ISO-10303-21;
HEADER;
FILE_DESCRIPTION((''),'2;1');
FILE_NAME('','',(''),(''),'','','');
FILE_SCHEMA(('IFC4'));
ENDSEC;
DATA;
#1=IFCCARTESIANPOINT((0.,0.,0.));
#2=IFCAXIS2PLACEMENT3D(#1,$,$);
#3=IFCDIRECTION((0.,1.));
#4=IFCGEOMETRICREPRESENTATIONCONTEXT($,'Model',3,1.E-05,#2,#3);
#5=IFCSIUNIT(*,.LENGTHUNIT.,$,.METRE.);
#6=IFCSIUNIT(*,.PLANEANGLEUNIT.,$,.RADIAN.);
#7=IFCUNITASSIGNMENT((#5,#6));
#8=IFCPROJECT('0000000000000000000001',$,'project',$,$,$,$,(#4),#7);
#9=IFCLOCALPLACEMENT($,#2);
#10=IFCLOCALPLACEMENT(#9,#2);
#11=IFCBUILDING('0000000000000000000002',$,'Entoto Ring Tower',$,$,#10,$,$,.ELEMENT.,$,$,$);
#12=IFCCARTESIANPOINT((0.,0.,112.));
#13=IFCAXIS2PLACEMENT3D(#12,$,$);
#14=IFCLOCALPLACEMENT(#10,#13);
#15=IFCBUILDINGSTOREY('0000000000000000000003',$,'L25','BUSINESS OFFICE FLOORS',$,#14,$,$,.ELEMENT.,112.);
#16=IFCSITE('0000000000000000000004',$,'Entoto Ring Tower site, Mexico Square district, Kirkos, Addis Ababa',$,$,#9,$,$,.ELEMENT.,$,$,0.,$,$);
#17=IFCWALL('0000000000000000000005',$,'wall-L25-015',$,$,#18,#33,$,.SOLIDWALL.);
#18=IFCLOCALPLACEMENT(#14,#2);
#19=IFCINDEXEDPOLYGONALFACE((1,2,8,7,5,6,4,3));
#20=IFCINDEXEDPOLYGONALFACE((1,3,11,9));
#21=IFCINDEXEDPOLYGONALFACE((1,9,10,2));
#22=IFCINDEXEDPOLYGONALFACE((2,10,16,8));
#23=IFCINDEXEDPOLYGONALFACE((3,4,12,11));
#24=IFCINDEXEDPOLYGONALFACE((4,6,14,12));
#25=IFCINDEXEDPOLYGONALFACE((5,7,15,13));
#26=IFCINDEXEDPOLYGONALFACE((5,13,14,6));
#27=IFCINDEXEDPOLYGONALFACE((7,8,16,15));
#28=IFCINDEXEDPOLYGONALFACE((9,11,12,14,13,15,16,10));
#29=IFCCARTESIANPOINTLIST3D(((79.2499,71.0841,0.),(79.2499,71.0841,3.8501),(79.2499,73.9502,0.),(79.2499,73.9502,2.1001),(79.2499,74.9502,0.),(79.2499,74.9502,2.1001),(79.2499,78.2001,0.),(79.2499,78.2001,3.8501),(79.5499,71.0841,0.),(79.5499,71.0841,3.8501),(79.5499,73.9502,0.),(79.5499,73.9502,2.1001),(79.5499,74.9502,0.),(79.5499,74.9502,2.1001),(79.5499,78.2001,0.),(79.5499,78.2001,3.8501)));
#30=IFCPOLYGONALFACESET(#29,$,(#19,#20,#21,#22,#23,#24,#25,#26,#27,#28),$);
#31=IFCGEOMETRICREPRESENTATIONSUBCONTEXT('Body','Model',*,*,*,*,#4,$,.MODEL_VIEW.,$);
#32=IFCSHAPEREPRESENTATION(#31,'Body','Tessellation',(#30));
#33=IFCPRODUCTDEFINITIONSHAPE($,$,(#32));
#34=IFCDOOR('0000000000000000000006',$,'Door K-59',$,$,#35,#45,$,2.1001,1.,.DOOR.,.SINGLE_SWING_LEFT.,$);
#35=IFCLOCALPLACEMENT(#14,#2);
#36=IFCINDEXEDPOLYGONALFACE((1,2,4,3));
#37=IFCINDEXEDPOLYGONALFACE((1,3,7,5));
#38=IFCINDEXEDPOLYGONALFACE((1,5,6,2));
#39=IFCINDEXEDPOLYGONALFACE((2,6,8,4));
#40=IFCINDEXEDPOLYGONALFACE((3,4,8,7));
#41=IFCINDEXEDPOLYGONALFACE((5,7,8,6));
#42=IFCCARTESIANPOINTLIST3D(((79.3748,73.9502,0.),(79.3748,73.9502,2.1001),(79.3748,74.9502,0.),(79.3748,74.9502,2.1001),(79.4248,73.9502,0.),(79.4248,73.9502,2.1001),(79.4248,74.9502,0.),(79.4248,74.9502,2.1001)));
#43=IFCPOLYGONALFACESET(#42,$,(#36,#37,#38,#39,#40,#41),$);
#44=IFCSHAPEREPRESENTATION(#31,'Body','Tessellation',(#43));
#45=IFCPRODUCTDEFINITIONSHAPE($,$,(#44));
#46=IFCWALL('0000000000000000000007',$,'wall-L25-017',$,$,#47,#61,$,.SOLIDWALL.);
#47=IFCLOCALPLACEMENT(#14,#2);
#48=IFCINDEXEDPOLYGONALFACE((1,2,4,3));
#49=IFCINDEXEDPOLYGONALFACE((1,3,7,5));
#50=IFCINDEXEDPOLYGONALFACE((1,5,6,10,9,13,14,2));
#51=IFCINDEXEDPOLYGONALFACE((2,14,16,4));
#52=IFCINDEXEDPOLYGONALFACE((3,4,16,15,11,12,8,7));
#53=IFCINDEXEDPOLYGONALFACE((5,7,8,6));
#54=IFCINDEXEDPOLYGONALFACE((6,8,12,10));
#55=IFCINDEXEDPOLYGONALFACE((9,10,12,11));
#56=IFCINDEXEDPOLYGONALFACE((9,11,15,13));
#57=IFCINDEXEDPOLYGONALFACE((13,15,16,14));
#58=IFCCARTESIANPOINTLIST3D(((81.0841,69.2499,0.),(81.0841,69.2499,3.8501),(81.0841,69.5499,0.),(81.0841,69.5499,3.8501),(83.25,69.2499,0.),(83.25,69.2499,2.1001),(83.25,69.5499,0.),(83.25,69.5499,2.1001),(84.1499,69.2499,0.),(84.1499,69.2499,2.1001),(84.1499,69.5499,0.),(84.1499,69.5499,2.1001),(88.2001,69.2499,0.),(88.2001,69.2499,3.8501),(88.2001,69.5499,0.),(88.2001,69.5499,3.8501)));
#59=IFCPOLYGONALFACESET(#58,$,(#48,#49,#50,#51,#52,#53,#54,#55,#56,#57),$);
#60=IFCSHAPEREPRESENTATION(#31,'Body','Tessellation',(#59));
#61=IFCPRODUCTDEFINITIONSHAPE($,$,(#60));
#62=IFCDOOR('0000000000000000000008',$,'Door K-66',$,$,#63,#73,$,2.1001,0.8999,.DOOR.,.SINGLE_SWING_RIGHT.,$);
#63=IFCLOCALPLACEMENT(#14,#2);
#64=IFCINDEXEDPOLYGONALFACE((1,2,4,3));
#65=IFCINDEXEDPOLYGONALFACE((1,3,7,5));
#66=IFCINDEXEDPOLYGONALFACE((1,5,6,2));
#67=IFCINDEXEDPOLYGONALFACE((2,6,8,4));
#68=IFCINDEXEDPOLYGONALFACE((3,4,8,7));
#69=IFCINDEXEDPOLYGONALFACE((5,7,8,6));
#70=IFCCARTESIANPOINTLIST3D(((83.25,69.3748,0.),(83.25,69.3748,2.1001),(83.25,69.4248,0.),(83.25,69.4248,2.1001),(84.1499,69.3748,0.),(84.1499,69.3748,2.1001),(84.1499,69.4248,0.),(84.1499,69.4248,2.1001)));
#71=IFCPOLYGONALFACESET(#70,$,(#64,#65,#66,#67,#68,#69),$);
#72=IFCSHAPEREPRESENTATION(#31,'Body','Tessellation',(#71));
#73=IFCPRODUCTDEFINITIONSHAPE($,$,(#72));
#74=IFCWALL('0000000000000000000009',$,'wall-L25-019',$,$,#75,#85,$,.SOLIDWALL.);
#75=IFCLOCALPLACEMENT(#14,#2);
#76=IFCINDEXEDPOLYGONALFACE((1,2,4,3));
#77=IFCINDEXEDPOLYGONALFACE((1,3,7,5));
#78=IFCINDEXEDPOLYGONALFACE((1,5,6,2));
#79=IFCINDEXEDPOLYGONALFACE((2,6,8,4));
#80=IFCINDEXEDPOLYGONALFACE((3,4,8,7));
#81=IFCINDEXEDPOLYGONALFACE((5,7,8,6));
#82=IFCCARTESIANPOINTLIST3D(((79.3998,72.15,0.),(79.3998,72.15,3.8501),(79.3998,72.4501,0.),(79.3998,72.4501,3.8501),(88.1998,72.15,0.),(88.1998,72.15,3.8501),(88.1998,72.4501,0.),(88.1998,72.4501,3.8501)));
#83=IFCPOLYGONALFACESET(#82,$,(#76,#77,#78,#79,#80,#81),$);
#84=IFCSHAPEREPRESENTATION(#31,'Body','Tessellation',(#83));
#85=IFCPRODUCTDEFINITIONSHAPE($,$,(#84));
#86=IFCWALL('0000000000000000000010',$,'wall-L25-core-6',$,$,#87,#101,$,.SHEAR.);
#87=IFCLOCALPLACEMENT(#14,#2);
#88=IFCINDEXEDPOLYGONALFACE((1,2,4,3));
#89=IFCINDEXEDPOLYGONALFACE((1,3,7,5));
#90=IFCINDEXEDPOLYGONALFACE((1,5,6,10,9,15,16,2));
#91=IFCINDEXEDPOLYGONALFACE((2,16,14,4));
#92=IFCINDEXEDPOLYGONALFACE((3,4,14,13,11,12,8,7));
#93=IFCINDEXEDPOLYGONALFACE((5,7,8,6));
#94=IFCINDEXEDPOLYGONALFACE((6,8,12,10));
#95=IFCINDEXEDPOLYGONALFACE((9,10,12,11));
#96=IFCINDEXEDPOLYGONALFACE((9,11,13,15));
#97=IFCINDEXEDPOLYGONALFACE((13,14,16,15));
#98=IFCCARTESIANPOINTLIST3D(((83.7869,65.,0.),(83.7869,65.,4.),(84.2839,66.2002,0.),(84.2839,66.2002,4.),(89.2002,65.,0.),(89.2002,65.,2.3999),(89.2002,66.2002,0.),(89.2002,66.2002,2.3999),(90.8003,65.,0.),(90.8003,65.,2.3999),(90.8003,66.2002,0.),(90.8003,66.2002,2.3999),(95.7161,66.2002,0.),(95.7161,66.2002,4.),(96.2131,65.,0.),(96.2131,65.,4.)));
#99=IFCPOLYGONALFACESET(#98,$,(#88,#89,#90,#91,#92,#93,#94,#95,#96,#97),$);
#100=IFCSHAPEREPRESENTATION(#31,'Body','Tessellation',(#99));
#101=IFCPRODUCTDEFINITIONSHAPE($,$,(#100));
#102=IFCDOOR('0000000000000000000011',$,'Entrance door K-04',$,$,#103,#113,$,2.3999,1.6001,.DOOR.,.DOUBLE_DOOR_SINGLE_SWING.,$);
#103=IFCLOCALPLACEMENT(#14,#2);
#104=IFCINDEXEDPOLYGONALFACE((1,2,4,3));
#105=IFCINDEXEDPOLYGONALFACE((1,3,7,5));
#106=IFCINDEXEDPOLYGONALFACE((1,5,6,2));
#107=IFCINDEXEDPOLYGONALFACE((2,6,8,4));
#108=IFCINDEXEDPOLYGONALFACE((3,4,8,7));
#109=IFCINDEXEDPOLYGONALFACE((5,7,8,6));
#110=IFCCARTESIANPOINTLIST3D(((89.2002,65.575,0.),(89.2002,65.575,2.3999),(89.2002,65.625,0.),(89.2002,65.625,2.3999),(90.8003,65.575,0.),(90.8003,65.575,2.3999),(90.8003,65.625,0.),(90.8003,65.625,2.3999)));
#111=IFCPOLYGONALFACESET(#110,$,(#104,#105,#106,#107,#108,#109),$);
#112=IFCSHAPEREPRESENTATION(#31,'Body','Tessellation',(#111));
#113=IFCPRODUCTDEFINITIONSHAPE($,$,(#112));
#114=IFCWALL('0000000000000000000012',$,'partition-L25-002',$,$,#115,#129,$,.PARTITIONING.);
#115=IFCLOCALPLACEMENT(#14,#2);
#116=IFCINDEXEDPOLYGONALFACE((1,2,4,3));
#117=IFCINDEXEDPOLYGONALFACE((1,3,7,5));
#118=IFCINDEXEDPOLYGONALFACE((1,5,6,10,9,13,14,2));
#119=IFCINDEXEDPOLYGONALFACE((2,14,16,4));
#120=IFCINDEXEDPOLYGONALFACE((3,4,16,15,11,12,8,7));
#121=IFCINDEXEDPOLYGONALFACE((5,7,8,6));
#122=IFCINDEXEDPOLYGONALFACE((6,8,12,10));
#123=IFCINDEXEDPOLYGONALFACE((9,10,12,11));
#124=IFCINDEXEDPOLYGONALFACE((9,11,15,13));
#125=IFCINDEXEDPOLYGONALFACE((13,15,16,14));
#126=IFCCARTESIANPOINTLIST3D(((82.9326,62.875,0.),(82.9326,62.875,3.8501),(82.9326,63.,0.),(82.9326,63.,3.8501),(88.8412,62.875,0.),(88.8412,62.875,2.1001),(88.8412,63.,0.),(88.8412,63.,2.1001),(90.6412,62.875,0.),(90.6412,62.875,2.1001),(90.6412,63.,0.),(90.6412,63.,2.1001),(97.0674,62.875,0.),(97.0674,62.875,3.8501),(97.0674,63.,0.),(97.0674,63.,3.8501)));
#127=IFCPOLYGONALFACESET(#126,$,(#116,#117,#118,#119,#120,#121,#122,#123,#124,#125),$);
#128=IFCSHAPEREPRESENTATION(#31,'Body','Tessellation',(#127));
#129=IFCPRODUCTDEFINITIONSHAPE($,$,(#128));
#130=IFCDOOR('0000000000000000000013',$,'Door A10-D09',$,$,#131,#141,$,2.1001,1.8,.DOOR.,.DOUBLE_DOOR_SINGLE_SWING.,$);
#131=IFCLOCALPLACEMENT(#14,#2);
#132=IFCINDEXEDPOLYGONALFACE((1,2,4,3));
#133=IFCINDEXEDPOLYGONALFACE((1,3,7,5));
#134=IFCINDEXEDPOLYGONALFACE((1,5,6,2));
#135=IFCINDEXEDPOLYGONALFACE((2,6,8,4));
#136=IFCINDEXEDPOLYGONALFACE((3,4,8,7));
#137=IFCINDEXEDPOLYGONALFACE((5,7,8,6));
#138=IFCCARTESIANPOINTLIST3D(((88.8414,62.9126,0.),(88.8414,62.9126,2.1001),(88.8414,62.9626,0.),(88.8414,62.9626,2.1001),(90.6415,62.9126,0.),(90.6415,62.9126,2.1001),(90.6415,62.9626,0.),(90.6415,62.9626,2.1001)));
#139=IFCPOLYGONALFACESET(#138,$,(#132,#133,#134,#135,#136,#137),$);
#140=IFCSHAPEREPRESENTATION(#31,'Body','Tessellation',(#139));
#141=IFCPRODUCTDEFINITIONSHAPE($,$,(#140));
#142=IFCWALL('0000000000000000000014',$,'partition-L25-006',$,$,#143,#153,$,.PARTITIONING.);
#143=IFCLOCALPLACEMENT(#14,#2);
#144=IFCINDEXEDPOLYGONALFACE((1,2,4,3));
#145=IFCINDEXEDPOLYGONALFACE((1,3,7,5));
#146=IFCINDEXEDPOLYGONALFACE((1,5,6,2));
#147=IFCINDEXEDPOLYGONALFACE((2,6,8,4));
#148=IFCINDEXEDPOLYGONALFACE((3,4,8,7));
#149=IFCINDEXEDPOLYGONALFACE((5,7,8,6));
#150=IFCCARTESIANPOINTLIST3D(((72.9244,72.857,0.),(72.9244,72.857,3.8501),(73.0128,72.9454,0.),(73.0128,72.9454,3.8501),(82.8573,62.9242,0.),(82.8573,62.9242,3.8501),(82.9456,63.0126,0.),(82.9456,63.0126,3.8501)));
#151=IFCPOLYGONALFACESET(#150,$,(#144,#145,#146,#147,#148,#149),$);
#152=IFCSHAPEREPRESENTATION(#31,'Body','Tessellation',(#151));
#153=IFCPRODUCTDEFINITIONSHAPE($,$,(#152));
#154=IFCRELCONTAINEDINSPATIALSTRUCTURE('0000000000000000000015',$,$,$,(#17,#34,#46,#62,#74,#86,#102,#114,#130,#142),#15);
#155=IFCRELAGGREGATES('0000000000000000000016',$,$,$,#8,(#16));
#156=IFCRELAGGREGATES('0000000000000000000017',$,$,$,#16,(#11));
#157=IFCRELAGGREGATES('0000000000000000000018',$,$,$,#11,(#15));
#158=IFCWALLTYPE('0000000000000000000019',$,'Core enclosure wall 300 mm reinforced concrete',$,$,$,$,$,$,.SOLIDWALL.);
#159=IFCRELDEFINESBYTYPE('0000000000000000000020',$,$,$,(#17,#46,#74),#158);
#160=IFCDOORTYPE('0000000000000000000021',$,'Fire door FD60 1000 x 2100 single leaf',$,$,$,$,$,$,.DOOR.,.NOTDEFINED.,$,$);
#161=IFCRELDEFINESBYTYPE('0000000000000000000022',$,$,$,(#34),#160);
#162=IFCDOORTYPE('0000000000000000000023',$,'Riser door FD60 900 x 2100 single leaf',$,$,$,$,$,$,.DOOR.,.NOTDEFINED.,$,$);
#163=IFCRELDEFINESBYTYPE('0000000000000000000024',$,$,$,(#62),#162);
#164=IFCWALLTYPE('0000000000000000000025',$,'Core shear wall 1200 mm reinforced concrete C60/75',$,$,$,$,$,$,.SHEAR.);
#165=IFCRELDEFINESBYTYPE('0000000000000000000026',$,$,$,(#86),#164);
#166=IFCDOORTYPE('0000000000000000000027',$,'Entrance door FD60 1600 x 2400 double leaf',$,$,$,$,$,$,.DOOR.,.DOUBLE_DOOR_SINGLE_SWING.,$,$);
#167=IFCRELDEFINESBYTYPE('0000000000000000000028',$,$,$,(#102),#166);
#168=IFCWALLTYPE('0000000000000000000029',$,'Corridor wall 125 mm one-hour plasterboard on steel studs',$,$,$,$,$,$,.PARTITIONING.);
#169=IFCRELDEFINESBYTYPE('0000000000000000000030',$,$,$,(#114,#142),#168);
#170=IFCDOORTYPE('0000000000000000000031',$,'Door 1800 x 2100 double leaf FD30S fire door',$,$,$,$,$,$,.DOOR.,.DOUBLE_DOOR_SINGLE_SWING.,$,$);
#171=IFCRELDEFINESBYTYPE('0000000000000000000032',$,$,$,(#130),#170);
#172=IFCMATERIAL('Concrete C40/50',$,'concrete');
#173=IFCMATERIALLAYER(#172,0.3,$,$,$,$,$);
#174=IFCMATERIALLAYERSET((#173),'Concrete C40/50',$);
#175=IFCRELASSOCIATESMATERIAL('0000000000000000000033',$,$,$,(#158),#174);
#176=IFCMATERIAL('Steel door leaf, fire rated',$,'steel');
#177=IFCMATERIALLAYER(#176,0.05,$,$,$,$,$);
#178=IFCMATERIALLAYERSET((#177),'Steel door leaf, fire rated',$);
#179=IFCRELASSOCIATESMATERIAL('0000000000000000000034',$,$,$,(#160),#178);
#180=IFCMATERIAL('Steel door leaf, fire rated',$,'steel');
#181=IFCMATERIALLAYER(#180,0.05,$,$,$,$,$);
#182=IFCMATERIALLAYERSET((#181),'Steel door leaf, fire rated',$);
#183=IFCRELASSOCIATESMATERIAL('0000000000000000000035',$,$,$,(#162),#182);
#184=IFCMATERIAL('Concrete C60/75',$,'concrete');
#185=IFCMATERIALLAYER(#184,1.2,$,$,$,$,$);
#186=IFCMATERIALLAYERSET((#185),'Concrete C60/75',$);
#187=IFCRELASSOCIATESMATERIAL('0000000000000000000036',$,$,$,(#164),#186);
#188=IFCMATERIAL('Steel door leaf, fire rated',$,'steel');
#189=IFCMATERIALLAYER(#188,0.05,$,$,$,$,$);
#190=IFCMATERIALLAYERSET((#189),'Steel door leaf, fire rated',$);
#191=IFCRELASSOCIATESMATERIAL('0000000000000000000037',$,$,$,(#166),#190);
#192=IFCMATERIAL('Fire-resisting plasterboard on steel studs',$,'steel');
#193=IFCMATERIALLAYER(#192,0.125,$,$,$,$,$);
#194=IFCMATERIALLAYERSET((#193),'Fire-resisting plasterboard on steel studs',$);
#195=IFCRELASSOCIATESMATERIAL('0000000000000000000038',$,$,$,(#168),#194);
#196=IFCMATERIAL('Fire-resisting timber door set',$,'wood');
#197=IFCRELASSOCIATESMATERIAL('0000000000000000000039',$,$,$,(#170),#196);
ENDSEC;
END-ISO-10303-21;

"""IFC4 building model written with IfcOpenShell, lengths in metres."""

from ifc_helpers import new_model, si_unit, direction, frame, frame_2d, origin, place, context, subcontext, project, spatial, polyline, rectangle, outline, extrude, material, layer, layer_set, type_object, element, fill, save


model = new_model("IFC4")

# Units and contexts
model_context = context("Model", 3, precision=1e-05, world=origin(), true_north=direction((0.0, 1.0)))
body_context = subcontext(model_context, "Body", "Model", "MODEL_VIEW")
ifc_project = project(units=[si_unit("LENGTHUNIT", "METRE"), si_unit("PLANEANGLEUNIT", "RADIAN")], contexts=[model_context])

# Site, building, storey
site_placement = place(None, origin())
site = spatial("IfcSite", under=ifc_project, at=site_placement, Name="Entoto Ring Tower site, Mexico Square district, Kirkos, Addis Ababa", CompositionType="ELEMENT", RefElevation=0.0)
building_placement = place(site_placement, origin())
building = spatial("IfcBuilding", under=site, at=building_placement, Name="Entoto Ring Tower", CompositionType="ELEMENT")
storey_placement = place(building_placement, frame((0.0, 0.0, 112.0)))
storey = spatial("IfcBuildingStorey", under=building, at=storey_placement, Name="L25", Description="BUSINESS OFFICE FLOORS", CompositionType="ELEMENT", Elevation=112.0)

# Walls, openings, doors
ifc_material_1 = material(Name="Concrete C40/50", Category="concrete")
ifc_layer_1 = layer(ifc_material_1, 0.3)
ifc_layer_set_1 = layer_set([ifc_layer_1], Name="Concrete C40/50")
wall_type_1 = type_object("IfcWallType", Name="Core enclosure wall 300 mm reinforced concrete", PredefinedType="SOLIDWALL", material=ifc_layer_set_1)
wall_1_placement = place(storey_placement, frame((79.3999, 71.084, 0.0), z_axis=(0.0, 0.0, 1.0), x_axis=(0.0, 1.0, 0.0)))
wall_1 = element("IfcWall", 1, at=wall_1_placement, inside=storey, type_object=wall_type_1, Name="wall-L25-015", PredefinedType="SOLIDWALL", context=body_context, shape_type="SweptSolid", body=[
    extrude(rectangle(XDim=7.116, YDim=0.3, at=frame_2d((3.5581, 0.0))), origin(), (0.0, 0.0, 1.0), 3.8501),
])
opening_1_placement = place(wall_1_placement, frame((2.8662, 0.0, 0.0)))
opening_1 = element("IfcOpeningElement", 2, at=opening_1_placement, cuts=wall_1, PredefinedType="OPENING", context=body_context, shape_type="SweptSolid", body=[
    extrude(rectangle(XDim=1.0, YDim=2.1001, at=frame_2d((0.5, 1.05))), frame((0.0, 0.1602, 0.0), z_axis=(0.0, -1.0, 0.0), x_axis=(1.0, 0.0, 0.0)), (0.0, 0.0, 1.0), 0.3201),
])
ifc_material_2 = material(Name="Steel door leaf, fire rated", Category="steel")
ifc_layer_2 = layer(ifc_material_2, 0.05)
ifc_layer_set_2 = layer_set([ifc_layer_2], Name="Steel door leaf, fire rated")
door_type_1 = type_object("IfcDoorType", Name="Fire door FD60 1000 x 2100 single leaf", OperationType="NOTDEFINED", PredefinedType="DOOR", material=ifc_layer_set_2)
door_1_placement = place(opening_1_placement, frame((1.0, 0.0, 0.0), z_axis=(0.0, 0.0, 1.0), x_axis=(-1.0, 0.0, 0.0)))
door_1 = element("IfcDoor", 3, at=door_1_placement, inside=storey, type_object=door_type_1, Name="Door K-59", OperationType="SINGLE_SWING_LEFT", OverallHeight=2.1001, OverallWidth=1.0, PredefinedType="DOOR", context=body_context, shape_type="SweptSolid", body=[
    extrude(rectangle(XDim=1.0, YDim=2.1001, at=frame_2d((0.5, 1.05))), frame((0.0, 0.0249, 0.0), z_axis=(0.0, -1.0, 0.0), x_axis=(1.0, 0.0, 0.0)), (0.0, 0.0, 1.0), 0.05),
])
fill(opening_1, door_1)
wall_2_placement = place(storey_placement, frame((81.084, 69.3999, 0.0), z_axis=(0.0, 0.0, 1.0), x_axis=(1.0, 0.0, 0.0)))
wall_2 = element("IfcWall", 4, at=wall_2_placement, inside=storey, type_object=wall_type_1, Name="wall-L25-017", PredefinedType="SOLIDWALL", context=body_context, shape_type="SweptSolid", body=[
    extrude(rectangle(XDim=7.116, YDim=0.3, at=frame_2d((3.5581, 0.0))), origin(), (0.0, 0.0, 1.0), 3.8501),
])
opening_2_placement = place(wall_2_placement, frame((2.166, 0.0, 0.0)))
opening_2 = element("IfcOpeningElement", 5, at=opening_2_placement, cuts=wall_2, PredefinedType="OPENING", context=body_context, shape_type="SweptSolid", body=[
    extrude(rectangle(XDim=0.8999, YDim=2.1001, at=frame_2d((0.45, 1.05))), frame((0.0, 0.1602, 0.0), z_axis=(0.0, -1.0, 0.0), x_axis=(1.0, 0.0, 0.0)), (0.0, 0.0, 1.0), 0.3201),
])
ifc_material_3 = material(Name="Steel door leaf, fire rated", Category="steel")
ifc_layer_3 = layer(ifc_material_3, 0.05)
ifc_layer_set_3 = layer_set([ifc_layer_3], Name="Steel door leaf, fire rated")
door_type_2 = type_object("IfcDoorType", Name="Riser door FD60 900 x 2100 single leaf", OperationType="NOTDEFINED", PredefinedType="DOOR", material=ifc_layer_set_3)
door_2_placement = place(opening_2_placement, origin())
door_2 = element("IfcDoor", 6, at=door_2_placement, inside=storey, type_object=door_type_2, Name="Door K-66", OperationType="SINGLE_SWING_RIGHT", OverallHeight=2.1001, OverallWidth=0.8999, PredefinedType="DOOR", context=body_context, shape_type="SweptSolid", body=[
    extrude(rectangle(XDim=0.8999, YDim=2.1001, at=frame_2d((0.45, 1.05))), frame((0.0, 0.0249, 0.0), z_axis=(0.0, -1.0, 0.0), x_axis=(1.0, 0.0, 0.0)), (0.0, 0.0, 1.0), 0.05),
])
fill(opening_2, door_2)

# Wall
wall_3_placement = place(storey_placement, frame((79.3999, 72.3, 0.0), z_axis=(0.0, 0.0, 1.0), x_axis=(1.0, 0.0, 0.0)))
element("IfcWall", 7, at=wall_3_placement, inside=storey, type_object=wall_type_1, Name="wall-L25-019", PredefinedType="SOLIDWALL", context=body_context, shape_type="SweptSolid", body=[
    extrude(rectangle(XDim=8.8, YDim=0.3, at=frame_2d((4.3999, 0.0))), origin(), (0.0, 0.0, 1.0), 3.8501),
])

# Walls, openings, doors
ifc_material_4 = material(Name="Concrete C60/75", Category="concrete")
ifc_layer_4 = layer(ifc_material_4, 1.2)
ifc_layer_set_4 = layer_set([ifc_layer_4], Name="Concrete C60/75")
wall_type_2 = type_object("IfcWallType", Name="Core shear wall 1200 mm reinforced concrete C60/75", PredefinedType="SHEAR", material=ifc_layer_set_4)
wall_4_placement = place(storey_placement, frame((84.0354, 65.6001, 0.0), z_axis=(0.0, 0.0, 1.0), x_axis=(1.0, 0.0, 0.0)))
wall_4 = element("IfcWall", 8, at=wall_4_placement, inside=storey, type_object=wall_type_2, Name="wall-L25-core-6", PredefinedType="SHEAR", context=body_context, shape_type="SweptSolid", body=[
    extrude(outline(polyline([(-0.2485, -0.6001), (12.1777, -0.6001), (11.6807, 0.6001), (0.2485, 0.6001), (-0.2485, -0.6001)])), origin(), (0.0, 0.0, 1.0), 4.0),
])
opening_3_placement = place(wall_4_placement, frame((5.1648, 0.0, 0.0)))
opening_3 = element("IfcOpeningElement", 9, at=opening_3_placement, cuts=wall_4, PredefinedType="OPENING", context=body_context, shape_type="SweptSolid", body=[
    extrude(rectangle(XDim=1.6001, YDim=2.3999, at=frame_2d((0.8, 1.2))), frame((0.0, 0.6099, 0.0), z_axis=(0.0, -1.0, 0.0), x_axis=(1.0, 0.0, 0.0)), (0.0, 0.0, 1.0), 1.22),
])
ifc_material_5 = material(Name="Steel door leaf, fire rated", Category="steel")
ifc_layer_5 = layer(ifc_material_5, 0.05)
ifc_layer_set_5 = layer_set([ifc_layer_5], Name="Steel door leaf, fire rated")
door_type_3 = type_object("IfcDoorType", Name="Entrance door FD60 1600 x 2400 double leaf", OperationType="DOUBLE_DOOR_SINGLE_SWING", PredefinedType="DOOR", material=ifc_layer_set_5)
door_3_placement = place(opening_3_placement, origin())
door_3 = element("IfcDoor", 10, at=door_3_placement, inside=storey, type_object=door_type_3, Name="Entrance door K-04", OperationType="DOUBLE_DOOR_SINGLE_SWING", OverallHeight=2.3999, OverallWidth=1.6001, PredefinedType="DOOR", context=body_context, shape_type="SweptSolid", body=[
    extrude(rectangle(XDim=1.6001, YDim=2.3999, at=frame_2d((0.8, 1.2))), frame((0.0, 0.0249, 0.0), z_axis=(0.0, -1.0, 0.0), x_axis=(1.0, 0.0, 0.0)), (0.0, 0.0, 1.0), 0.05),
])
fill(opening_3, door_3)
ifc_material_6 = material(Name="Fire-resisting plasterboard on steel studs", Category="steel")
ifc_layer_6 = layer(ifc_material_6, 0.125)
ifc_layer_set_6 = layer_set([ifc_layer_6], Name="Fire-resisting plasterboard on steel studs")
wall_type_3 = type_object("IfcWallType", Name="Corridor wall 125 mm one-hour plasterboard on steel studs", PredefinedType="PARTITIONING", material=ifc_layer_set_6)
wall_5_placement = place(storey_placement, frame((82.9326, 62.9375, 0.0), z_axis=(0.0, 0.0, 1.0), x_axis=(1.0, 0.0, 0.0)))
wall_5 = element("IfcWall", 11, at=wall_5_placement, inside=storey, type_object=wall_type_3, Name="partition-L25-002", PredefinedType="PARTITIONING", context=body_context, shape_type="SweptSolid", body=[
    extrude(rectangle(XDim=14.1348, YDim=0.125, at=frame_2d((7.0674, 0.0))), origin(), (0.0, 0.0, 1.0), 3.8501),
])
opening_4_placement = place(wall_5_placement, frame((5.9087, 0.0, 0.0)))
opening_4 = element("IfcOpeningElement", 12, at=opening_4_placement, cuts=wall_5, PredefinedType="OPENING", context=body_context, shape_type="SweptSolid", body=[
    extrude(rectangle(XDim=1.8, YDim=2.1001, at=frame_2d((0.8999, 1.05))), frame((0.0, 0.0725, 0.0), z_axis=(0.0, -1.0, 0.0), x_axis=(1.0, 0.0, 0.0)), (0.0, 0.0, 1.0), 0.145),
])
ifc_material_7 = material(Name="Fire-resisting timber door set", Category="wood")
door_type_4 = type_object("IfcDoorType", Name="Door 1800 x 2100 double leaf FD30S fire door", OperationType="DOUBLE_DOOR_SINGLE_SWING", PredefinedType="DOOR", material=ifc_material_7)
door_4_placement = place(opening_4_placement, frame((1.8, 0.0, 0.0), z_axis=(0.0, 0.0, 1.0), x_axis=(-1.0, 0.0, 0.0)))
door_4 = element("IfcDoor", 13, at=door_4_placement, inside=storey, type_object=door_type_4, Name="Door A10-D09", OperationType="DOUBLE_DOOR_SINGLE_SWING", OverallHeight=2.1001, OverallWidth=1.8, PredefinedType="DOOR", context=body_context, shape_type="SweptSolid", body=[
    extrude(rectangle(XDim=1.8, YDim=2.1001, at=frame_2d((0.8999, 1.05))), frame((0.0, 0.0249, 0.0), z_axis=(0.0, -1.0, 0.0), x_axis=(1.0, 0.0, 0.0)), (0.0, 0.0, 1.0), 0.05),
])
fill(opening_4, door_4)

# Wall
wall_6_placement = place(storey_placement, frame((82.9014, 62.9685, 0.0), z_axis=(0.0, 0.0, 1.0), x_axis=(-0.707107, 0.707107, 0.0)))
element("IfcWall", 14, at=wall_6_placement, inside=storey, type_object=wall_type_3, Name="partition-L25-006", PredefinedType="PARTITIONING", context=body_context, shape_type="SweptSolid", body=[
    extrude(rectangle(XDim=14.0471, YDim=0.125, at=frame_2d((7.0234, 0.0))), origin(), (0.0, 0.0, 1.0), 3.8501),
])

save(model, "model.ifc")
